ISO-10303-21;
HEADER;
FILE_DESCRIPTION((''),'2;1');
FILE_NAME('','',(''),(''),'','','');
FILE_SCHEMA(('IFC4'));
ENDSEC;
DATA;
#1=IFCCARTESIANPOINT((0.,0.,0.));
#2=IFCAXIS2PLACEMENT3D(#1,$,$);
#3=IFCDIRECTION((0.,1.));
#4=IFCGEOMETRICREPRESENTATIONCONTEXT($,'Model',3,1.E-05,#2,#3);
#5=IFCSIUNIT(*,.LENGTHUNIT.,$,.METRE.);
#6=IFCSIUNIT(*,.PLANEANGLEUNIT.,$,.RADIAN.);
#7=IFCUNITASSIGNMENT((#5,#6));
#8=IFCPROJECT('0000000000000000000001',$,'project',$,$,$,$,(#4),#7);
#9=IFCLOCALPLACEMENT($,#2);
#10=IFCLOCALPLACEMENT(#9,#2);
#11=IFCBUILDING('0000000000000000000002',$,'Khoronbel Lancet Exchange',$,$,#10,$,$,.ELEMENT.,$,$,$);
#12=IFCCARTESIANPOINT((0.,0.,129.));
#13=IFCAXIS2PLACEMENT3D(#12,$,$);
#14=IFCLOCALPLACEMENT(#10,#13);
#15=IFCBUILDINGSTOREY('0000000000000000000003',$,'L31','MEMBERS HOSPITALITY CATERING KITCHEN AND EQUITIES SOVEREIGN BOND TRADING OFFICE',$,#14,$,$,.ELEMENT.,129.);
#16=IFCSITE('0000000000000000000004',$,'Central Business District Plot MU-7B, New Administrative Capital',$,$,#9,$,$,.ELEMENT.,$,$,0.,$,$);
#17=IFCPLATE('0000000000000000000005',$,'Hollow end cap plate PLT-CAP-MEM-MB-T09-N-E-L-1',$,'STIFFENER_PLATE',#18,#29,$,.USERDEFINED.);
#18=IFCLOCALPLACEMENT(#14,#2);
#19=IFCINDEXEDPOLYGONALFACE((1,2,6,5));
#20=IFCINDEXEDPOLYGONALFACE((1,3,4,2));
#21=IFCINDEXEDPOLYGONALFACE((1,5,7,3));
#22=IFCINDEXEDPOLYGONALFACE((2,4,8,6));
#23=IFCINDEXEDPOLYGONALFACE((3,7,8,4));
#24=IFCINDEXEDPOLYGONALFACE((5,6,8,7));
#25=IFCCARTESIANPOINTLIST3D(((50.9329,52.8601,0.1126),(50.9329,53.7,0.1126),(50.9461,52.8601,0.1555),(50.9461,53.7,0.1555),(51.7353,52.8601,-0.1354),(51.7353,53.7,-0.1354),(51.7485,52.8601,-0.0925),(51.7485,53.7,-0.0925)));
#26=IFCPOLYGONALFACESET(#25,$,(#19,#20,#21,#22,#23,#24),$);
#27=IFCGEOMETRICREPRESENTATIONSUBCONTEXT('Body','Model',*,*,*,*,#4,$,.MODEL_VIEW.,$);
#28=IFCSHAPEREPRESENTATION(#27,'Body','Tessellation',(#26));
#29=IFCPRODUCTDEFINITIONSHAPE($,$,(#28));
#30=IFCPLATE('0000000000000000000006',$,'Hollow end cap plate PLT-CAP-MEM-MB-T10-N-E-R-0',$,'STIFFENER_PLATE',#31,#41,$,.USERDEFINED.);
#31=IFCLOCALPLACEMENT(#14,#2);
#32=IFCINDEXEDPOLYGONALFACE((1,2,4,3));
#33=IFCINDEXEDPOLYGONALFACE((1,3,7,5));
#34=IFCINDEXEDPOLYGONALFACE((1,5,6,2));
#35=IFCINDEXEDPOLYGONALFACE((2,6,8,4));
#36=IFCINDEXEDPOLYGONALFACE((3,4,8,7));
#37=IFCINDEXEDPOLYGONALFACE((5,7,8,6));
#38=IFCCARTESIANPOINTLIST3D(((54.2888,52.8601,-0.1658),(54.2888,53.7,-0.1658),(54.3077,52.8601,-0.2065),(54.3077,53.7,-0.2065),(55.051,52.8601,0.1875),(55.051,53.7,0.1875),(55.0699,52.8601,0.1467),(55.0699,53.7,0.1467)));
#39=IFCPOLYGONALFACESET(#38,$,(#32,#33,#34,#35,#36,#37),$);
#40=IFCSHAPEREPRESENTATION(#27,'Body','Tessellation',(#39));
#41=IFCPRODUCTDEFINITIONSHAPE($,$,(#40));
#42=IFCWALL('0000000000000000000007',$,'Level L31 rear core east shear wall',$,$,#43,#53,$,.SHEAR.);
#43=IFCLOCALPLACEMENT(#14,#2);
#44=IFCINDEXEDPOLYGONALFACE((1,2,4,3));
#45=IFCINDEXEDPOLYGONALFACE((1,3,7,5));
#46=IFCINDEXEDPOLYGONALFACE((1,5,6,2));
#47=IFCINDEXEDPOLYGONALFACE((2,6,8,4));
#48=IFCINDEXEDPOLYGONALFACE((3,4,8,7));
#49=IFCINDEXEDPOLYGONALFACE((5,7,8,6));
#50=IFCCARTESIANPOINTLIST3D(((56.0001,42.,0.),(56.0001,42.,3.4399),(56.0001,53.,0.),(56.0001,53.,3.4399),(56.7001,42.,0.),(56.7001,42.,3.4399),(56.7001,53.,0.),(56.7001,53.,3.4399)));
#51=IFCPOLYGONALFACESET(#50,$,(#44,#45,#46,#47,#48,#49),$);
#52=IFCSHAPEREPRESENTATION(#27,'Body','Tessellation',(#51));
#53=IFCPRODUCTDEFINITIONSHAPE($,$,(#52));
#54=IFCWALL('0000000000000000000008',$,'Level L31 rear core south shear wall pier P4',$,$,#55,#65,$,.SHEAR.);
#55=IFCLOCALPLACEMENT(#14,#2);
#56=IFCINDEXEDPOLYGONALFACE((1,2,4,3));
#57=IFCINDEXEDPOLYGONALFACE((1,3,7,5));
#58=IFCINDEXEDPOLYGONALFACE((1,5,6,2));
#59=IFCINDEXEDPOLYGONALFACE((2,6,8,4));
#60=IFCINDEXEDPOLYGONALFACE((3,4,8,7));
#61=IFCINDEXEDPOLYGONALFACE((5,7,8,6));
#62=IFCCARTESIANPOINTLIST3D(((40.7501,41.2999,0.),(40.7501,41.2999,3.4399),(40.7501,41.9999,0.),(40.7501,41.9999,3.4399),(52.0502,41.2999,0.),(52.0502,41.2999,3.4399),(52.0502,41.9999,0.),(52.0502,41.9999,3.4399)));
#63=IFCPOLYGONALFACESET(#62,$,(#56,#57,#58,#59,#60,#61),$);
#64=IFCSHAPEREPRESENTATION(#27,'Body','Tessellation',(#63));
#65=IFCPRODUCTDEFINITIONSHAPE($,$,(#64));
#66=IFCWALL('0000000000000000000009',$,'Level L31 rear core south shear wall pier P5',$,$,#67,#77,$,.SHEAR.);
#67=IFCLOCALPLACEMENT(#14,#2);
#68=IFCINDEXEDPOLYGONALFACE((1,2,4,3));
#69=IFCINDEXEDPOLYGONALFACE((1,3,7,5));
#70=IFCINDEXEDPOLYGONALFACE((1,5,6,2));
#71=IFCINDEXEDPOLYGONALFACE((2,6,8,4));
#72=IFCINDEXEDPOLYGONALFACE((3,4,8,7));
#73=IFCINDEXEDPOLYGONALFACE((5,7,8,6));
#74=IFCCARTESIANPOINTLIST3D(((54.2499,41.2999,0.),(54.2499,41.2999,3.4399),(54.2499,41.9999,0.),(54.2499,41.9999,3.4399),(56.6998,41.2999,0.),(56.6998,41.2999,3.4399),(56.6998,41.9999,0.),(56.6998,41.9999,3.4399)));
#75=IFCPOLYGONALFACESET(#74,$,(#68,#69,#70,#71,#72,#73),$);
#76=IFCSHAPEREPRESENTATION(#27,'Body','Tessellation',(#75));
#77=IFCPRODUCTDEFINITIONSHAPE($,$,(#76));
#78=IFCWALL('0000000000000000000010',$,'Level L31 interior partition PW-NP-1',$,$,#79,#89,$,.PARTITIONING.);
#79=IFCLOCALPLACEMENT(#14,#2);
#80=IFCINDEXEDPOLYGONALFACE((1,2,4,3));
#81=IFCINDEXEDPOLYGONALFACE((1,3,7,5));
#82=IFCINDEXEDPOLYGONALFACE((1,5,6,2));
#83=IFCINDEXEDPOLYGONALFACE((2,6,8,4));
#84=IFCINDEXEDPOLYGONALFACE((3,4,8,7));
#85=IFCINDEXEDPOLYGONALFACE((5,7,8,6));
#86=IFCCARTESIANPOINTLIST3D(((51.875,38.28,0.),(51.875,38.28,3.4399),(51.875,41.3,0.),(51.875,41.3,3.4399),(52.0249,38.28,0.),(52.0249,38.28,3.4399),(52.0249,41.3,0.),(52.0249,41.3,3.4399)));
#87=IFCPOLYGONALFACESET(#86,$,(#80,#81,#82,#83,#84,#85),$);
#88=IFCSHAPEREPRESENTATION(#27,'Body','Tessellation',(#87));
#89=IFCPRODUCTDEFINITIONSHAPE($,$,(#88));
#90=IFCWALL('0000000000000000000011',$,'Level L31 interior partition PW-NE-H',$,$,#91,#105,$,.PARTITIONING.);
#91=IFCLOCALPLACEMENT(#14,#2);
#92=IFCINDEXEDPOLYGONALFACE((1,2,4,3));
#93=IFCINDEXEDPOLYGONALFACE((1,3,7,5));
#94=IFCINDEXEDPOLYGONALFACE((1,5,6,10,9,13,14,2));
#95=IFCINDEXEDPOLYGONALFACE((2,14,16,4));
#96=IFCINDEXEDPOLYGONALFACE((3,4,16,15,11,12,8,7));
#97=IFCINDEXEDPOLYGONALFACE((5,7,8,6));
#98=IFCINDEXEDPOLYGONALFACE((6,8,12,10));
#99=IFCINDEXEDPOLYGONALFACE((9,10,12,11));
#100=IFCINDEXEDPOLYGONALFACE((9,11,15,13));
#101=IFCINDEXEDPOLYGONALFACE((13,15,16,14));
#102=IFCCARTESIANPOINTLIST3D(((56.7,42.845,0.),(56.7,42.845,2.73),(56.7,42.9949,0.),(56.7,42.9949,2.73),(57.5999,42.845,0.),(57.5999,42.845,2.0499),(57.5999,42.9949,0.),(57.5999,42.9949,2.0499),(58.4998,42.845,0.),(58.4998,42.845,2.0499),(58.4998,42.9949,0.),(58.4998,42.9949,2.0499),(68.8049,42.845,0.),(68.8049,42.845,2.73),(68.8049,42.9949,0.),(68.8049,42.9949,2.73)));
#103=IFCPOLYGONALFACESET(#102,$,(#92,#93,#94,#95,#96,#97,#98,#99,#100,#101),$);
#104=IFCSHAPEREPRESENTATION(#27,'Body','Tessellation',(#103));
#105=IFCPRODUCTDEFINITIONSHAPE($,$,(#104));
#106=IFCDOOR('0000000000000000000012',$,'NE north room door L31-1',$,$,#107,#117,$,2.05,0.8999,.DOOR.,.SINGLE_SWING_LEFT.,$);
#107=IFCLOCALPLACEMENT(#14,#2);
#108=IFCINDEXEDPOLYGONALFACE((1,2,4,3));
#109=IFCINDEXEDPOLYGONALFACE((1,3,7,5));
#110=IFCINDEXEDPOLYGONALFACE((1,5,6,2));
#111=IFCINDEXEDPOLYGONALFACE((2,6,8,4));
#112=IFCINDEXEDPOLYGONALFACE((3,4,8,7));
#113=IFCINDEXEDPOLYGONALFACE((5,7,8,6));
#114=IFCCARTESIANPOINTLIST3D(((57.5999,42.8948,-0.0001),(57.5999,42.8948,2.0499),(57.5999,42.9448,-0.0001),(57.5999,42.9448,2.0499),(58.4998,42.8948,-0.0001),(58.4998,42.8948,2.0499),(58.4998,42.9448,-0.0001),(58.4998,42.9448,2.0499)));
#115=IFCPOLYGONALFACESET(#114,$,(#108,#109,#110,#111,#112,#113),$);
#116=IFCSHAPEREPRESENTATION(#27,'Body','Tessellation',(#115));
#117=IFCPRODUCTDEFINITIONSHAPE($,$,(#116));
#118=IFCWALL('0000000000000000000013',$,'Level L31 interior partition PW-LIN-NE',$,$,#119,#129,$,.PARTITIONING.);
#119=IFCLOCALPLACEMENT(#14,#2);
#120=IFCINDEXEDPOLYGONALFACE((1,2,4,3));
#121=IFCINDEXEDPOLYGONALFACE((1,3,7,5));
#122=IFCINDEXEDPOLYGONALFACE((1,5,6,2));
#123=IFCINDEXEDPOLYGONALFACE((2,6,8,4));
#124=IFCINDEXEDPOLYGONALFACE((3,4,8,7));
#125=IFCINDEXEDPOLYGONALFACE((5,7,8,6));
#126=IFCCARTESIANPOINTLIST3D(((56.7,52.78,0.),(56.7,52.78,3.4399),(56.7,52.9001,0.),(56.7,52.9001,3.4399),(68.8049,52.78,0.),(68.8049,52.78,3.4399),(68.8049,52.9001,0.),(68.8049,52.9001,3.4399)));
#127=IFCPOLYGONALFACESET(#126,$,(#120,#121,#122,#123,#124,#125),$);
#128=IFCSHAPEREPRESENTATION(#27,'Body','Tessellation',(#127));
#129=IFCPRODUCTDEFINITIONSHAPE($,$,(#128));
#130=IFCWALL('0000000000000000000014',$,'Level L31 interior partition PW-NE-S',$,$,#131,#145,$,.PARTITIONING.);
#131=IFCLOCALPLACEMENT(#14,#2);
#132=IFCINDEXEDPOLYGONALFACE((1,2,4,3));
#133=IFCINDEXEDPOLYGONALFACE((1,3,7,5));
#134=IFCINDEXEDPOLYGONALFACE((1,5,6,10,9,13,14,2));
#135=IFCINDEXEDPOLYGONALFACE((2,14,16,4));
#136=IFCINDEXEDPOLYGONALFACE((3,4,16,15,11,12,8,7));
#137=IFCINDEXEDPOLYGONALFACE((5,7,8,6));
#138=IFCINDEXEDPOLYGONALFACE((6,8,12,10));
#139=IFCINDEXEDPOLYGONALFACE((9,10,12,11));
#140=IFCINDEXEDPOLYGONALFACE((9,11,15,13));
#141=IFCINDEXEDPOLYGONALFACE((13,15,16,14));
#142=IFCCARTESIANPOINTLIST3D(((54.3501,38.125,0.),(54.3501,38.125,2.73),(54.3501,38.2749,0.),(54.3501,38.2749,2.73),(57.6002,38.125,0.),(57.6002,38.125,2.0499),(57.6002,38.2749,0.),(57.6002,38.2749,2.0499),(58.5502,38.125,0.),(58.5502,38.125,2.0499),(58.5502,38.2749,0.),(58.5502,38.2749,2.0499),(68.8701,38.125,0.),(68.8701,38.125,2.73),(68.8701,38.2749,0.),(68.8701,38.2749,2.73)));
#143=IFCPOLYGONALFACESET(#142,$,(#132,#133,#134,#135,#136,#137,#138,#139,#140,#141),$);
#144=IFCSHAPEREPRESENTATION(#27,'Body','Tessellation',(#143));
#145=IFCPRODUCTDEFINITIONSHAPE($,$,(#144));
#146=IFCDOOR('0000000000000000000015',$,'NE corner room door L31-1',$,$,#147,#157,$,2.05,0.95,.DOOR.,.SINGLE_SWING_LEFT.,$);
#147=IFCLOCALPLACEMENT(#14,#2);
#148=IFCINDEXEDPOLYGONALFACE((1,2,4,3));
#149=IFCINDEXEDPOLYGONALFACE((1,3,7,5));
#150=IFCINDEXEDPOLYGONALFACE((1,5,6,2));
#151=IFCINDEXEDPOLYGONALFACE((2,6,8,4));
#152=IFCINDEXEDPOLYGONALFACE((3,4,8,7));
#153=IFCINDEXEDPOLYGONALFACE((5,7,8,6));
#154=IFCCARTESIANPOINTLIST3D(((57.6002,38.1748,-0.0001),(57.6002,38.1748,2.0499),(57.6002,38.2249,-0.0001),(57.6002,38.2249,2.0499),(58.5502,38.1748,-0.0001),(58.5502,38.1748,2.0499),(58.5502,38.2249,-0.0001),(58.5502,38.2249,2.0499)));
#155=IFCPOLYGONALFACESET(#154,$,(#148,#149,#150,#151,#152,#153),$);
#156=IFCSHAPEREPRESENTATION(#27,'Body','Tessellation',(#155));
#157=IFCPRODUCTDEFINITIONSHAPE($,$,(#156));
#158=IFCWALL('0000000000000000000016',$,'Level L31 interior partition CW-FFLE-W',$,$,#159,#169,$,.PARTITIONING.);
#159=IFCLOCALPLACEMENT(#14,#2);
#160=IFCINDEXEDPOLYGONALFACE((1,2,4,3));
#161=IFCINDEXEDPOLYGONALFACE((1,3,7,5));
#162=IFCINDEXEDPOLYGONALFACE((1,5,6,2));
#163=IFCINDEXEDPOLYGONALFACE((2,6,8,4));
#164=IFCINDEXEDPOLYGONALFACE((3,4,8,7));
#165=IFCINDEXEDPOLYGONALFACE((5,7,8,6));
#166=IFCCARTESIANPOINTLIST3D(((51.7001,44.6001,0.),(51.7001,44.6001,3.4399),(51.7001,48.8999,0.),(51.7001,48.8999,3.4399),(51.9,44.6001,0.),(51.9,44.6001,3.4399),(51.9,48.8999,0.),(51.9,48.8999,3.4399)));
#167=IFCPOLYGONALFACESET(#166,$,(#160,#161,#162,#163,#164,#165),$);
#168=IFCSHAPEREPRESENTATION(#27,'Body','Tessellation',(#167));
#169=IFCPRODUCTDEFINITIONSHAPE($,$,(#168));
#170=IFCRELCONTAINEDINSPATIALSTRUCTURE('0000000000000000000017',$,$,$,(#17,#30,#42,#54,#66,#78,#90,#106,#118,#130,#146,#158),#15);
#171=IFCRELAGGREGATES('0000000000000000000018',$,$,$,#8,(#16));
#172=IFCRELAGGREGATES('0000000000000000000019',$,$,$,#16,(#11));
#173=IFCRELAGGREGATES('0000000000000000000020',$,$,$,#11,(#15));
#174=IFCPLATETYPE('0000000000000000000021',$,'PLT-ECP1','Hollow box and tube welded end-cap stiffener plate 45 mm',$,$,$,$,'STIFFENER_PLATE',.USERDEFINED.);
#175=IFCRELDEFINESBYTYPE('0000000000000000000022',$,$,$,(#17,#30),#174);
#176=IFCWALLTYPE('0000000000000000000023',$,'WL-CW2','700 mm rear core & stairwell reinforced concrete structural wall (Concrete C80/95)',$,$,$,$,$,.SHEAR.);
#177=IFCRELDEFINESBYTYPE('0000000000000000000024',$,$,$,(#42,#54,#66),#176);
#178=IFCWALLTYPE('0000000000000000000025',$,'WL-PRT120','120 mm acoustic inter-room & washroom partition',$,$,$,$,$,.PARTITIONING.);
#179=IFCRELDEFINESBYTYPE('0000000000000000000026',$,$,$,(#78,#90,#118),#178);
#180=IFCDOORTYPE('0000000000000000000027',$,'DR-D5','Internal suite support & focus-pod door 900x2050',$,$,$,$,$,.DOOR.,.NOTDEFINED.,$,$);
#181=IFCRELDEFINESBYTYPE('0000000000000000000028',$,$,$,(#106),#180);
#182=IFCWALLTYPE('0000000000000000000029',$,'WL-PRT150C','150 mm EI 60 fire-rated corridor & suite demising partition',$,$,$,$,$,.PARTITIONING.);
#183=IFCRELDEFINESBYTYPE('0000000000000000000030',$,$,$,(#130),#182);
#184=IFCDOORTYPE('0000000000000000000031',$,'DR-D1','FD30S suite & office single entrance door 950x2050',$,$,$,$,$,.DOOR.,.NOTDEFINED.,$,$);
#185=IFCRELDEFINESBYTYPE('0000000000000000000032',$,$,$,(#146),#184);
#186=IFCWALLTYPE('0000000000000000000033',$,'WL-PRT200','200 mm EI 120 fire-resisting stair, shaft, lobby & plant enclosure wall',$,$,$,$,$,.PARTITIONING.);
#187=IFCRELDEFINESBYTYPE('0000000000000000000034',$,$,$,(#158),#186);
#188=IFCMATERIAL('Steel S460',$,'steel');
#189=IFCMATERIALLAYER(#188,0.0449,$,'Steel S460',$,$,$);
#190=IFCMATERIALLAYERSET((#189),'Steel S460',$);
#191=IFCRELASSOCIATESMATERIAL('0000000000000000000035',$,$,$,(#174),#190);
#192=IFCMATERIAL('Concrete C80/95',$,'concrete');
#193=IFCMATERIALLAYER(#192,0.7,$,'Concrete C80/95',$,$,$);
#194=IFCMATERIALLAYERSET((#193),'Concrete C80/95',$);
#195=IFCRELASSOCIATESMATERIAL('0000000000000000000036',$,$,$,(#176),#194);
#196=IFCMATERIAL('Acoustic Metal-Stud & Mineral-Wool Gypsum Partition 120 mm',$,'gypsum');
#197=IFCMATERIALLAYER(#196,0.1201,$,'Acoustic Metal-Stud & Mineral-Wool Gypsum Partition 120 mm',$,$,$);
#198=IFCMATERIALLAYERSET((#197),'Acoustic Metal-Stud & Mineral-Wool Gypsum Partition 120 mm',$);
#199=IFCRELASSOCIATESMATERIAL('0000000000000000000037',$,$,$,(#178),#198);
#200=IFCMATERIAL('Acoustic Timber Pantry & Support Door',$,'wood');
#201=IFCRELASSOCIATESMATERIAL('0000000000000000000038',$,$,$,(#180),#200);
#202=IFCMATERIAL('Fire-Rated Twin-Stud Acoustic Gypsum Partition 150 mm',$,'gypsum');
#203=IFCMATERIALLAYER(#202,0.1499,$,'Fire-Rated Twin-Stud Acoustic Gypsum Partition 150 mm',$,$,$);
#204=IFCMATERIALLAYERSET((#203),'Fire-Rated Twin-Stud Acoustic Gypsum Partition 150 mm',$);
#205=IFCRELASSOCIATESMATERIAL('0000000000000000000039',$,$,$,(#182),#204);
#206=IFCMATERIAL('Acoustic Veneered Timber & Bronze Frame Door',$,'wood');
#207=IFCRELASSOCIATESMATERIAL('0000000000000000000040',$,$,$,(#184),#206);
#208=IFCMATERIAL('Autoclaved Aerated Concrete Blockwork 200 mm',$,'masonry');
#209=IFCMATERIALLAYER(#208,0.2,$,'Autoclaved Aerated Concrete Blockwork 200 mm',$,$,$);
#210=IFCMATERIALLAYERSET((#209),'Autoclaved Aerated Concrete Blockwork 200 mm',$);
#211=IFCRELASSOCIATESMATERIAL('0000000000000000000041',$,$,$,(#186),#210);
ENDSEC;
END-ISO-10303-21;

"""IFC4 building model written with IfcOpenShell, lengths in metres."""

from ifc_helpers import new_model, si_unit, direction, frame, frame_2d, origin, place, context, subcontext, project, spatial, polyline, rectangle, outline, extrude, material, layer, layer_set, type_object, element, fill, save


model = new_model("IFC4")

# Units and contexts
model_context = context("Model", 3, precision=1e-05, world=origin(), true_north=direction((0.0, 1.0)))
body_context = subcontext(model_context, "Body", "Model", "MODEL_VIEW")
ifc_project = project(units=[si_unit("LENGTHUNIT", "METRE"), si_unit("PLANEANGLEUNIT", "RADIAN")], contexts=[model_context])

# Site, building, storey
site_placement = place(None, origin())
site = spatial("IfcSite", under=ifc_project, at=site_placement, Name="Central Business District Plot MU-7B, New Administrative Capital", CompositionType="ELEMENT", RefElevation=0.0)
building_placement = place(site_placement, origin())
building = spatial("IfcBuilding", under=site, at=building_placement, Name="Khoronbel Lancet Exchange", CompositionType="ELEMENT")
storey_placement = place(building_placement, frame((0.0, 0.0, 129.0)))
storey = spatial("IfcBuildingStorey", under=building, at=storey_placement, Name="L31", Description="MEMBERS HOSPITALITY CATERING KITCHEN AND EQUITIES SOVEREIGN BOND TRADING OFFICE", CompositionType="ELEMENT", Elevation=129.0)

# Shared definitions
ifc_material_1 = material(Name="Steel S460", Category="steel")

# Shared definitions
ifc_material_2 = material(Name="Concrete C80/95", Category="concrete")

# Plates
ifc_layer_1 = layer(ifc_material_1, 0.0449, Name="Steel S460")
ifc_layer_set_1 = layer_set([ifc_layer_1], Name="Steel S460")
plate_type = type_object("IfcPlateType", Name="PLT-ECP1", Description="Hollow box and tube welded end-cap stiffener plate 45 mm", ElementType="STIFFENER_PLATE", PredefinedType="USERDEFINED", material=ifc_layer_set_1)
plate_1_placement = place(storey_placement, frame((51.7485, 52.8601, -0.0925), z_axis=(0.295311, 0.0, 0.955401), x_axis=(0.0, 1.0, 0.0)))
element("IfcPlate", 1, at=plate_1_placement, inside=storey, type_object=plate_type, Name="Hollow end cap plate PLT-CAP-MEM-MB-T09-N-E-L-1", ObjectType="STIFFENER_PLATE", PredefinedType="USERDEFINED", context=body_context, shape_type="SweptSolid", body=[
    extrude(outline(polyline([(0.0, 0.0), (0.8398, 0.0), (0.8398, 0.8398), (0.0, 0.8398), (0.0, 0.0)])), origin(), (0.0, 0.0, -1.0), 0.0449),
])
plate_2_placement = place(storey_placement, frame((54.2888, 53.7, -0.1658), z_axis=(-0.420514, 0.0, 0.907286), x_axis=(0.0, -1.0, 0.0)))
element("IfcPlate", 2, at=plate_2_placement, inside=storey, type_object=plate_type, Name="Hollow end cap plate PLT-CAP-MEM-MB-T10-N-E-R-0", ObjectType="STIFFENER_PLATE", PredefinedType="USERDEFINED", context=body_context, shape_type="SweptSolid", body=[
    extrude(outline(polyline([(0.0, 0.0), (0.8398, 0.0), (0.8398, 0.8401), (0.0, 0.8401), (0.0, 0.0)])), origin(), (0.0, 0.0, -1.0), 0.0449),
])

# Walls
ifc_layer_2 = layer(ifc_material_2, 0.7, Name="Concrete C80/95")
ifc_layer_set_2 = layer_set([ifc_layer_2], Name="Concrete C80/95")
wall_type_1 = type_object("IfcWallType", Name="WL-CW2", Description="700 mm rear core & stairwell reinforced concrete structural wall (Concrete C80/95)", PredefinedType="SHEAR", material=ifc_layer_set_2)
wall_1_placement = place(storey_placement, frame((56.3501, 53.0, 0.0), z_axis=(0.0, 0.0, 1.0), x_axis=(0.0, -1.0, 0.0)))
element("IfcWall", 3, at=wall_1_placement, inside=storey, type_object=wall_type_1, Name="Level L31 rear core east shear wall", PredefinedType="SHEAR", context=body_context, shape_type="SweptSolid", body=[
    extrude(rectangle(XDim=11.0, YDim=0.7, at=frame_2d((5.5, 0.0))), origin(), (0.0, 0.0, 1.0), 3.4399),
])
wall_2_placement = place(storey_placement, frame((52.05, 41.6499, 0.0), z_axis=(0.0, 0.0, 1.0), x_axis=(-1.0, 0.0, 0.0)))
element("IfcWall", 4, at=wall_2_placement, inside=storey, type_object=wall_type_1, Name="Level L31 rear core south shear wall pier P4", PredefinedType="SHEAR", context=body_context, shape_type="SweptSolid", body=[
    extrude(rectangle(XDim=11.3, YDim=0.7, at=frame_2d((5.6499, 0.0))), origin(), (0.0, 0.0, 1.0), 3.4399),
])
wall_3_placement = place(storey_placement, frame((56.7, 41.6499, 0.0), z_axis=(0.0, 0.0, 1.0), x_axis=(-1.0, 0.0, 0.0)))
element("IfcWall", 5, at=wall_3_placement, inside=storey, type_object=wall_type_1, Name="Level L31 rear core south shear wall pier P5", PredefinedType="SHEAR", context=body_context, shape_type="SweptSolid", body=[
    extrude(rectangle(XDim=2.45, YDim=0.7, at=frame_2d((1.2251, 0.0))), origin(), (0.0, 0.0, 1.0), 3.4399),
])
ifc_material_3 = material(Name="Acoustic Metal-Stud & Mineral-Wool Gypsum Partition 120 mm", Category="gypsum")
ifc_layer_3 = layer(ifc_material_3, 0.1201, Name="Acoustic Metal-Stud & Mineral-Wool Gypsum Partition 120 mm")
ifc_layer_set_3 = layer_set([ifc_layer_3], Name="Acoustic Metal-Stud & Mineral-Wool Gypsum Partition 120 mm")
wall_type_2 = type_object("IfcWallType", Name="WL-PRT120", Description="120 mm acoustic inter-room & washroom partition", PredefinedType="PARTITIONING", material=ifc_layer_set_3)
wall_4_placement = place(storey_placement, frame((51.95, 38.28, 0.0), z_axis=(0.0, 0.0, 1.0), x_axis=(0.0, 1.0, 0.0)))
element("IfcWall", 6, at=wall_4_placement, inside=storey, type_object=wall_type_2, Name="Level L31 interior partition PW-NP-1", PredefinedType="PARTITIONING", context=body_context, shape_type="SweptSolid", body=[
    extrude(rectangle(XDim=3.02, YDim=0.1499, at=frame_2d((1.51, 0.0))), origin(), (0.0, 0.0, 1.0), 3.4399),
])

# Wall, opening, door
wall_5_placement = place(storey_placement, frame((56.7, 42.9199, 0.0), z_axis=(0.0, 0.0, 1.0), x_axis=(1.0, 0.0, 0.0)))
wall_5 = element("IfcWall", 7, at=wall_5_placement, inside=storey, type_object=wall_type_2, Name="Level L31 interior partition PW-NE-H", PredefinedType="PARTITIONING", context=body_context, shape_type="SweptSolid", body=[
    extrude(rectangle(XDim=12.105, YDim=0.1499, at=frame_2d((6.0525, 0.0))), origin(), (0.0, 0.0, 1.0), 2.73),
])
opening_1_placement = place(wall_5_placement, frame((0.8999, 0.0, 0.0)))
opening_1 = element("IfcOpeningElement", 8, at=opening_1_placement, cuts=wall_5, PredefinedType="OPENING", context=body_context, shape_type="SweptSolid", body=[
    extrude(rectangle(XDim=0.8999, YDim=2.05, at=frame_2d((0.45, 1.0249))), frame((0.0, 0.085, 0.0), z_axis=(0.0, -1.0, 0.0), x_axis=(1.0, 0.0, 0.0)), (0.0, 0.0, 1.0), 0.1699),
])
ifc_material_4 = material(Name="Acoustic Timber Pantry & Support Door", Category="wood")
door_type_1 = type_object("IfcDoorType", Name="DR-D5", Description="Internal suite support & focus-pod door 900x2050", OperationType="NOTDEFINED", PredefinedType="DOOR", material=ifc_material_4)
door_1_placement = place(opening_1_placement, origin())
door_1 = element("IfcDoor", 9, at=door_1_placement, inside=storey, type_object=door_type_1, Name="NE north room door L31-1", OperationType="SINGLE_SWING_LEFT", OverallHeight=2.05, OverallWidth=0.8999, PredefinedType="DOOR", context=body_context, shape_type="SweptSolid", body=[
    extrude(rectangle(XDim=0.8999, YDim=2.05, at=frame_2d((0.45, 1.0249))), frame((0.0, 0.0249, 0.0), z_axis=(0.0, -1.0, 0.0), x_axis=(1.0, 0.0, 0.0)), (0.0, 0.0, 1.0), 0.05),
])
fill(opening_1, door_1)

# Wall
wall_6_placement = place(storey_placement, frame((56.7, 52.8401, 0.0), z_axis=(0.0, 0.0, 1.0), x_axis=(1.0, 0.0, 0.0)))
element("IfcWall", 10, at=wall_6_placement, inside=storey, type_object=wall_type_2, Name="Level L31 interior partition PW-LIN-NE", PredefinedType="PARTITIONING", context=body_context, shape_type="SweptSolid", body=[
    extrude(rectangle(XDim=12.105, YDim=0.1201, at=frame_2d((6.0525, 0.0))), origin(), (0.0, 0.0, 1.0), 3.4399),
])

# Wall, opening, door
ifc_material_5 = material(Name="Fire-Rated Twin-Stud Acoustic Gypsum Partition 150 mm", Category="gypsum")
ifc_layer_4 = layer(ifc_material_5, 0.1499, Name="Fire-Rated Twin-Stud Acoustic Gypsum Partition 150 mm")
ifc_layer_set_4 = layer_set([ifc_layer_4], Name="Fire-Rated Twin-Stud Acoustic Gypsum Partition 150 mm")
wall_type_3 = type_object("IfcWallType", Name="WL-PRT150C", Description="150 mm EI 60 fire-rated corridor & suite demising partition", PredefinedType="PARTITIONING", material=ifc_layer_set_4)
wall_7_placement = place(storey_placement, frame((54.3501, 38.2, 0.0), z_axis=(0.0, 0.0, 1.0), x_axis=(1.0, 0.0, 0.0)))
wall_7 = element("IfcWall", 11, at=wall_7_placement, inside=storey, type_object=wall_type_3, Name="Level L31 interior partition PW-NE-S", PredefinedType="PARTITIONING", context=body_context, shape_type="SweptSolid", body=[
    extrude(rectangle(XDim=14.52, YDim=0.1499, at=frame_2d((7.26, 0.0))), origin(), (0.0, 0.0, 1.0), 2.73),
])
opening_2_placement = place(wall_7_placement, frame((3.25, 0.0, 0.0)))
opening_2 = element("IfcOpeningElement", 12, at=opening_2_placement, cuts=wall_7, PredefinedType="OPENING", context=body_context, shape_type="SweptSolid", body=[
    extrude(rectangle(XDim=0.95, YDim=2.05, at=frame_2d((0.4751, 1.0249))), frame((0.0, 0.085, 0.0), z_axis=(0.0, -1.0, 0.0), x_axis=(1.0, 0.0, 0.0)), (0.0, 0.0, 1.0), 0.1699),
])
ifc_material_6 = material(Name="Acoustic Veneered Timber & Bronze Frame Door", Category="wood")
door_type_2 = type_object("IfcDoorType", Name="DR-D1", Description="FD30S suite & office single entrance door 950x2050", OperationType="NOTDEFINED", PredefinedType="DOOR", material=ifc_material_6)
door_2_placement = place(opening_2_placement, origin())
door_2 = element("IfcDoor", 13, at=door_2_placement, inside=storey, type_object=door_type_2, Name="NE corner room door L31-1", OperationType="SINGLE_SWING_LEFT", OverallHeight=2.05, OverallWidth=0.95, PredefinedType="DOOR", context=body_context, shape_type="SweptSolid", body=[
    extrude(rectangle(XDim=0.95, YDim=2.05, at=frame_2d((0.4751, 1.0249))), frame((0.0, 0.0249, 0.0), z_axis=(0.0, -1.0, 0.0), x_axis=(1.0, 0.0, 0.0)), (0.0, 0.0, 1.0), 0.05),
])
fill(opening_2, door_2)

# Wall
ifc_material_7 = material(Name="Autoclaved Aerated Concrete Blockwork 200 mm", Category="masonry")
ifc_layer_5 = layer(ifc_material_7, 0.2, Name="Autoclaved Aerated Concrete Blockwork 200 mm")
ifc_layer_set_5 = layer_set([ifc_layer_5], Name="Autoclaved Aerated Concrete Blockwork 200 mm")
wall_type_4 = type_object("IfcWallType", Name="WL-PRT200", Description="200 mm EI 120 fire-resisting stair, shaft, lobby & plant enclosure wall", PredefinedType="PARTITIONING", material=ifc_layer_set_5)
wall_8_placement = place(storey_placement, frame((51.8, 44.6001, 0.0), z_axis=(0.0, 0.0, 1.0), x_axis=(0.0, 1.0, 0.0)))
element("IfcWall", 14, at=wall_8_placement, inside=storey, type_object=wall_type_4, Name="Level L31 interior partition CW-FFLE-W", PredefinedType="PARTITIONING", context=body_context, shape_type="SweptSolid", body=[
    extrude(rectangle(XDim=4.2998, YDim=0.2, at=frame_2d((2.1499, 0.0))), origin(), (0.0, 0.0, 1.0), 3.4399),
])

save(model, "model.ifc")
